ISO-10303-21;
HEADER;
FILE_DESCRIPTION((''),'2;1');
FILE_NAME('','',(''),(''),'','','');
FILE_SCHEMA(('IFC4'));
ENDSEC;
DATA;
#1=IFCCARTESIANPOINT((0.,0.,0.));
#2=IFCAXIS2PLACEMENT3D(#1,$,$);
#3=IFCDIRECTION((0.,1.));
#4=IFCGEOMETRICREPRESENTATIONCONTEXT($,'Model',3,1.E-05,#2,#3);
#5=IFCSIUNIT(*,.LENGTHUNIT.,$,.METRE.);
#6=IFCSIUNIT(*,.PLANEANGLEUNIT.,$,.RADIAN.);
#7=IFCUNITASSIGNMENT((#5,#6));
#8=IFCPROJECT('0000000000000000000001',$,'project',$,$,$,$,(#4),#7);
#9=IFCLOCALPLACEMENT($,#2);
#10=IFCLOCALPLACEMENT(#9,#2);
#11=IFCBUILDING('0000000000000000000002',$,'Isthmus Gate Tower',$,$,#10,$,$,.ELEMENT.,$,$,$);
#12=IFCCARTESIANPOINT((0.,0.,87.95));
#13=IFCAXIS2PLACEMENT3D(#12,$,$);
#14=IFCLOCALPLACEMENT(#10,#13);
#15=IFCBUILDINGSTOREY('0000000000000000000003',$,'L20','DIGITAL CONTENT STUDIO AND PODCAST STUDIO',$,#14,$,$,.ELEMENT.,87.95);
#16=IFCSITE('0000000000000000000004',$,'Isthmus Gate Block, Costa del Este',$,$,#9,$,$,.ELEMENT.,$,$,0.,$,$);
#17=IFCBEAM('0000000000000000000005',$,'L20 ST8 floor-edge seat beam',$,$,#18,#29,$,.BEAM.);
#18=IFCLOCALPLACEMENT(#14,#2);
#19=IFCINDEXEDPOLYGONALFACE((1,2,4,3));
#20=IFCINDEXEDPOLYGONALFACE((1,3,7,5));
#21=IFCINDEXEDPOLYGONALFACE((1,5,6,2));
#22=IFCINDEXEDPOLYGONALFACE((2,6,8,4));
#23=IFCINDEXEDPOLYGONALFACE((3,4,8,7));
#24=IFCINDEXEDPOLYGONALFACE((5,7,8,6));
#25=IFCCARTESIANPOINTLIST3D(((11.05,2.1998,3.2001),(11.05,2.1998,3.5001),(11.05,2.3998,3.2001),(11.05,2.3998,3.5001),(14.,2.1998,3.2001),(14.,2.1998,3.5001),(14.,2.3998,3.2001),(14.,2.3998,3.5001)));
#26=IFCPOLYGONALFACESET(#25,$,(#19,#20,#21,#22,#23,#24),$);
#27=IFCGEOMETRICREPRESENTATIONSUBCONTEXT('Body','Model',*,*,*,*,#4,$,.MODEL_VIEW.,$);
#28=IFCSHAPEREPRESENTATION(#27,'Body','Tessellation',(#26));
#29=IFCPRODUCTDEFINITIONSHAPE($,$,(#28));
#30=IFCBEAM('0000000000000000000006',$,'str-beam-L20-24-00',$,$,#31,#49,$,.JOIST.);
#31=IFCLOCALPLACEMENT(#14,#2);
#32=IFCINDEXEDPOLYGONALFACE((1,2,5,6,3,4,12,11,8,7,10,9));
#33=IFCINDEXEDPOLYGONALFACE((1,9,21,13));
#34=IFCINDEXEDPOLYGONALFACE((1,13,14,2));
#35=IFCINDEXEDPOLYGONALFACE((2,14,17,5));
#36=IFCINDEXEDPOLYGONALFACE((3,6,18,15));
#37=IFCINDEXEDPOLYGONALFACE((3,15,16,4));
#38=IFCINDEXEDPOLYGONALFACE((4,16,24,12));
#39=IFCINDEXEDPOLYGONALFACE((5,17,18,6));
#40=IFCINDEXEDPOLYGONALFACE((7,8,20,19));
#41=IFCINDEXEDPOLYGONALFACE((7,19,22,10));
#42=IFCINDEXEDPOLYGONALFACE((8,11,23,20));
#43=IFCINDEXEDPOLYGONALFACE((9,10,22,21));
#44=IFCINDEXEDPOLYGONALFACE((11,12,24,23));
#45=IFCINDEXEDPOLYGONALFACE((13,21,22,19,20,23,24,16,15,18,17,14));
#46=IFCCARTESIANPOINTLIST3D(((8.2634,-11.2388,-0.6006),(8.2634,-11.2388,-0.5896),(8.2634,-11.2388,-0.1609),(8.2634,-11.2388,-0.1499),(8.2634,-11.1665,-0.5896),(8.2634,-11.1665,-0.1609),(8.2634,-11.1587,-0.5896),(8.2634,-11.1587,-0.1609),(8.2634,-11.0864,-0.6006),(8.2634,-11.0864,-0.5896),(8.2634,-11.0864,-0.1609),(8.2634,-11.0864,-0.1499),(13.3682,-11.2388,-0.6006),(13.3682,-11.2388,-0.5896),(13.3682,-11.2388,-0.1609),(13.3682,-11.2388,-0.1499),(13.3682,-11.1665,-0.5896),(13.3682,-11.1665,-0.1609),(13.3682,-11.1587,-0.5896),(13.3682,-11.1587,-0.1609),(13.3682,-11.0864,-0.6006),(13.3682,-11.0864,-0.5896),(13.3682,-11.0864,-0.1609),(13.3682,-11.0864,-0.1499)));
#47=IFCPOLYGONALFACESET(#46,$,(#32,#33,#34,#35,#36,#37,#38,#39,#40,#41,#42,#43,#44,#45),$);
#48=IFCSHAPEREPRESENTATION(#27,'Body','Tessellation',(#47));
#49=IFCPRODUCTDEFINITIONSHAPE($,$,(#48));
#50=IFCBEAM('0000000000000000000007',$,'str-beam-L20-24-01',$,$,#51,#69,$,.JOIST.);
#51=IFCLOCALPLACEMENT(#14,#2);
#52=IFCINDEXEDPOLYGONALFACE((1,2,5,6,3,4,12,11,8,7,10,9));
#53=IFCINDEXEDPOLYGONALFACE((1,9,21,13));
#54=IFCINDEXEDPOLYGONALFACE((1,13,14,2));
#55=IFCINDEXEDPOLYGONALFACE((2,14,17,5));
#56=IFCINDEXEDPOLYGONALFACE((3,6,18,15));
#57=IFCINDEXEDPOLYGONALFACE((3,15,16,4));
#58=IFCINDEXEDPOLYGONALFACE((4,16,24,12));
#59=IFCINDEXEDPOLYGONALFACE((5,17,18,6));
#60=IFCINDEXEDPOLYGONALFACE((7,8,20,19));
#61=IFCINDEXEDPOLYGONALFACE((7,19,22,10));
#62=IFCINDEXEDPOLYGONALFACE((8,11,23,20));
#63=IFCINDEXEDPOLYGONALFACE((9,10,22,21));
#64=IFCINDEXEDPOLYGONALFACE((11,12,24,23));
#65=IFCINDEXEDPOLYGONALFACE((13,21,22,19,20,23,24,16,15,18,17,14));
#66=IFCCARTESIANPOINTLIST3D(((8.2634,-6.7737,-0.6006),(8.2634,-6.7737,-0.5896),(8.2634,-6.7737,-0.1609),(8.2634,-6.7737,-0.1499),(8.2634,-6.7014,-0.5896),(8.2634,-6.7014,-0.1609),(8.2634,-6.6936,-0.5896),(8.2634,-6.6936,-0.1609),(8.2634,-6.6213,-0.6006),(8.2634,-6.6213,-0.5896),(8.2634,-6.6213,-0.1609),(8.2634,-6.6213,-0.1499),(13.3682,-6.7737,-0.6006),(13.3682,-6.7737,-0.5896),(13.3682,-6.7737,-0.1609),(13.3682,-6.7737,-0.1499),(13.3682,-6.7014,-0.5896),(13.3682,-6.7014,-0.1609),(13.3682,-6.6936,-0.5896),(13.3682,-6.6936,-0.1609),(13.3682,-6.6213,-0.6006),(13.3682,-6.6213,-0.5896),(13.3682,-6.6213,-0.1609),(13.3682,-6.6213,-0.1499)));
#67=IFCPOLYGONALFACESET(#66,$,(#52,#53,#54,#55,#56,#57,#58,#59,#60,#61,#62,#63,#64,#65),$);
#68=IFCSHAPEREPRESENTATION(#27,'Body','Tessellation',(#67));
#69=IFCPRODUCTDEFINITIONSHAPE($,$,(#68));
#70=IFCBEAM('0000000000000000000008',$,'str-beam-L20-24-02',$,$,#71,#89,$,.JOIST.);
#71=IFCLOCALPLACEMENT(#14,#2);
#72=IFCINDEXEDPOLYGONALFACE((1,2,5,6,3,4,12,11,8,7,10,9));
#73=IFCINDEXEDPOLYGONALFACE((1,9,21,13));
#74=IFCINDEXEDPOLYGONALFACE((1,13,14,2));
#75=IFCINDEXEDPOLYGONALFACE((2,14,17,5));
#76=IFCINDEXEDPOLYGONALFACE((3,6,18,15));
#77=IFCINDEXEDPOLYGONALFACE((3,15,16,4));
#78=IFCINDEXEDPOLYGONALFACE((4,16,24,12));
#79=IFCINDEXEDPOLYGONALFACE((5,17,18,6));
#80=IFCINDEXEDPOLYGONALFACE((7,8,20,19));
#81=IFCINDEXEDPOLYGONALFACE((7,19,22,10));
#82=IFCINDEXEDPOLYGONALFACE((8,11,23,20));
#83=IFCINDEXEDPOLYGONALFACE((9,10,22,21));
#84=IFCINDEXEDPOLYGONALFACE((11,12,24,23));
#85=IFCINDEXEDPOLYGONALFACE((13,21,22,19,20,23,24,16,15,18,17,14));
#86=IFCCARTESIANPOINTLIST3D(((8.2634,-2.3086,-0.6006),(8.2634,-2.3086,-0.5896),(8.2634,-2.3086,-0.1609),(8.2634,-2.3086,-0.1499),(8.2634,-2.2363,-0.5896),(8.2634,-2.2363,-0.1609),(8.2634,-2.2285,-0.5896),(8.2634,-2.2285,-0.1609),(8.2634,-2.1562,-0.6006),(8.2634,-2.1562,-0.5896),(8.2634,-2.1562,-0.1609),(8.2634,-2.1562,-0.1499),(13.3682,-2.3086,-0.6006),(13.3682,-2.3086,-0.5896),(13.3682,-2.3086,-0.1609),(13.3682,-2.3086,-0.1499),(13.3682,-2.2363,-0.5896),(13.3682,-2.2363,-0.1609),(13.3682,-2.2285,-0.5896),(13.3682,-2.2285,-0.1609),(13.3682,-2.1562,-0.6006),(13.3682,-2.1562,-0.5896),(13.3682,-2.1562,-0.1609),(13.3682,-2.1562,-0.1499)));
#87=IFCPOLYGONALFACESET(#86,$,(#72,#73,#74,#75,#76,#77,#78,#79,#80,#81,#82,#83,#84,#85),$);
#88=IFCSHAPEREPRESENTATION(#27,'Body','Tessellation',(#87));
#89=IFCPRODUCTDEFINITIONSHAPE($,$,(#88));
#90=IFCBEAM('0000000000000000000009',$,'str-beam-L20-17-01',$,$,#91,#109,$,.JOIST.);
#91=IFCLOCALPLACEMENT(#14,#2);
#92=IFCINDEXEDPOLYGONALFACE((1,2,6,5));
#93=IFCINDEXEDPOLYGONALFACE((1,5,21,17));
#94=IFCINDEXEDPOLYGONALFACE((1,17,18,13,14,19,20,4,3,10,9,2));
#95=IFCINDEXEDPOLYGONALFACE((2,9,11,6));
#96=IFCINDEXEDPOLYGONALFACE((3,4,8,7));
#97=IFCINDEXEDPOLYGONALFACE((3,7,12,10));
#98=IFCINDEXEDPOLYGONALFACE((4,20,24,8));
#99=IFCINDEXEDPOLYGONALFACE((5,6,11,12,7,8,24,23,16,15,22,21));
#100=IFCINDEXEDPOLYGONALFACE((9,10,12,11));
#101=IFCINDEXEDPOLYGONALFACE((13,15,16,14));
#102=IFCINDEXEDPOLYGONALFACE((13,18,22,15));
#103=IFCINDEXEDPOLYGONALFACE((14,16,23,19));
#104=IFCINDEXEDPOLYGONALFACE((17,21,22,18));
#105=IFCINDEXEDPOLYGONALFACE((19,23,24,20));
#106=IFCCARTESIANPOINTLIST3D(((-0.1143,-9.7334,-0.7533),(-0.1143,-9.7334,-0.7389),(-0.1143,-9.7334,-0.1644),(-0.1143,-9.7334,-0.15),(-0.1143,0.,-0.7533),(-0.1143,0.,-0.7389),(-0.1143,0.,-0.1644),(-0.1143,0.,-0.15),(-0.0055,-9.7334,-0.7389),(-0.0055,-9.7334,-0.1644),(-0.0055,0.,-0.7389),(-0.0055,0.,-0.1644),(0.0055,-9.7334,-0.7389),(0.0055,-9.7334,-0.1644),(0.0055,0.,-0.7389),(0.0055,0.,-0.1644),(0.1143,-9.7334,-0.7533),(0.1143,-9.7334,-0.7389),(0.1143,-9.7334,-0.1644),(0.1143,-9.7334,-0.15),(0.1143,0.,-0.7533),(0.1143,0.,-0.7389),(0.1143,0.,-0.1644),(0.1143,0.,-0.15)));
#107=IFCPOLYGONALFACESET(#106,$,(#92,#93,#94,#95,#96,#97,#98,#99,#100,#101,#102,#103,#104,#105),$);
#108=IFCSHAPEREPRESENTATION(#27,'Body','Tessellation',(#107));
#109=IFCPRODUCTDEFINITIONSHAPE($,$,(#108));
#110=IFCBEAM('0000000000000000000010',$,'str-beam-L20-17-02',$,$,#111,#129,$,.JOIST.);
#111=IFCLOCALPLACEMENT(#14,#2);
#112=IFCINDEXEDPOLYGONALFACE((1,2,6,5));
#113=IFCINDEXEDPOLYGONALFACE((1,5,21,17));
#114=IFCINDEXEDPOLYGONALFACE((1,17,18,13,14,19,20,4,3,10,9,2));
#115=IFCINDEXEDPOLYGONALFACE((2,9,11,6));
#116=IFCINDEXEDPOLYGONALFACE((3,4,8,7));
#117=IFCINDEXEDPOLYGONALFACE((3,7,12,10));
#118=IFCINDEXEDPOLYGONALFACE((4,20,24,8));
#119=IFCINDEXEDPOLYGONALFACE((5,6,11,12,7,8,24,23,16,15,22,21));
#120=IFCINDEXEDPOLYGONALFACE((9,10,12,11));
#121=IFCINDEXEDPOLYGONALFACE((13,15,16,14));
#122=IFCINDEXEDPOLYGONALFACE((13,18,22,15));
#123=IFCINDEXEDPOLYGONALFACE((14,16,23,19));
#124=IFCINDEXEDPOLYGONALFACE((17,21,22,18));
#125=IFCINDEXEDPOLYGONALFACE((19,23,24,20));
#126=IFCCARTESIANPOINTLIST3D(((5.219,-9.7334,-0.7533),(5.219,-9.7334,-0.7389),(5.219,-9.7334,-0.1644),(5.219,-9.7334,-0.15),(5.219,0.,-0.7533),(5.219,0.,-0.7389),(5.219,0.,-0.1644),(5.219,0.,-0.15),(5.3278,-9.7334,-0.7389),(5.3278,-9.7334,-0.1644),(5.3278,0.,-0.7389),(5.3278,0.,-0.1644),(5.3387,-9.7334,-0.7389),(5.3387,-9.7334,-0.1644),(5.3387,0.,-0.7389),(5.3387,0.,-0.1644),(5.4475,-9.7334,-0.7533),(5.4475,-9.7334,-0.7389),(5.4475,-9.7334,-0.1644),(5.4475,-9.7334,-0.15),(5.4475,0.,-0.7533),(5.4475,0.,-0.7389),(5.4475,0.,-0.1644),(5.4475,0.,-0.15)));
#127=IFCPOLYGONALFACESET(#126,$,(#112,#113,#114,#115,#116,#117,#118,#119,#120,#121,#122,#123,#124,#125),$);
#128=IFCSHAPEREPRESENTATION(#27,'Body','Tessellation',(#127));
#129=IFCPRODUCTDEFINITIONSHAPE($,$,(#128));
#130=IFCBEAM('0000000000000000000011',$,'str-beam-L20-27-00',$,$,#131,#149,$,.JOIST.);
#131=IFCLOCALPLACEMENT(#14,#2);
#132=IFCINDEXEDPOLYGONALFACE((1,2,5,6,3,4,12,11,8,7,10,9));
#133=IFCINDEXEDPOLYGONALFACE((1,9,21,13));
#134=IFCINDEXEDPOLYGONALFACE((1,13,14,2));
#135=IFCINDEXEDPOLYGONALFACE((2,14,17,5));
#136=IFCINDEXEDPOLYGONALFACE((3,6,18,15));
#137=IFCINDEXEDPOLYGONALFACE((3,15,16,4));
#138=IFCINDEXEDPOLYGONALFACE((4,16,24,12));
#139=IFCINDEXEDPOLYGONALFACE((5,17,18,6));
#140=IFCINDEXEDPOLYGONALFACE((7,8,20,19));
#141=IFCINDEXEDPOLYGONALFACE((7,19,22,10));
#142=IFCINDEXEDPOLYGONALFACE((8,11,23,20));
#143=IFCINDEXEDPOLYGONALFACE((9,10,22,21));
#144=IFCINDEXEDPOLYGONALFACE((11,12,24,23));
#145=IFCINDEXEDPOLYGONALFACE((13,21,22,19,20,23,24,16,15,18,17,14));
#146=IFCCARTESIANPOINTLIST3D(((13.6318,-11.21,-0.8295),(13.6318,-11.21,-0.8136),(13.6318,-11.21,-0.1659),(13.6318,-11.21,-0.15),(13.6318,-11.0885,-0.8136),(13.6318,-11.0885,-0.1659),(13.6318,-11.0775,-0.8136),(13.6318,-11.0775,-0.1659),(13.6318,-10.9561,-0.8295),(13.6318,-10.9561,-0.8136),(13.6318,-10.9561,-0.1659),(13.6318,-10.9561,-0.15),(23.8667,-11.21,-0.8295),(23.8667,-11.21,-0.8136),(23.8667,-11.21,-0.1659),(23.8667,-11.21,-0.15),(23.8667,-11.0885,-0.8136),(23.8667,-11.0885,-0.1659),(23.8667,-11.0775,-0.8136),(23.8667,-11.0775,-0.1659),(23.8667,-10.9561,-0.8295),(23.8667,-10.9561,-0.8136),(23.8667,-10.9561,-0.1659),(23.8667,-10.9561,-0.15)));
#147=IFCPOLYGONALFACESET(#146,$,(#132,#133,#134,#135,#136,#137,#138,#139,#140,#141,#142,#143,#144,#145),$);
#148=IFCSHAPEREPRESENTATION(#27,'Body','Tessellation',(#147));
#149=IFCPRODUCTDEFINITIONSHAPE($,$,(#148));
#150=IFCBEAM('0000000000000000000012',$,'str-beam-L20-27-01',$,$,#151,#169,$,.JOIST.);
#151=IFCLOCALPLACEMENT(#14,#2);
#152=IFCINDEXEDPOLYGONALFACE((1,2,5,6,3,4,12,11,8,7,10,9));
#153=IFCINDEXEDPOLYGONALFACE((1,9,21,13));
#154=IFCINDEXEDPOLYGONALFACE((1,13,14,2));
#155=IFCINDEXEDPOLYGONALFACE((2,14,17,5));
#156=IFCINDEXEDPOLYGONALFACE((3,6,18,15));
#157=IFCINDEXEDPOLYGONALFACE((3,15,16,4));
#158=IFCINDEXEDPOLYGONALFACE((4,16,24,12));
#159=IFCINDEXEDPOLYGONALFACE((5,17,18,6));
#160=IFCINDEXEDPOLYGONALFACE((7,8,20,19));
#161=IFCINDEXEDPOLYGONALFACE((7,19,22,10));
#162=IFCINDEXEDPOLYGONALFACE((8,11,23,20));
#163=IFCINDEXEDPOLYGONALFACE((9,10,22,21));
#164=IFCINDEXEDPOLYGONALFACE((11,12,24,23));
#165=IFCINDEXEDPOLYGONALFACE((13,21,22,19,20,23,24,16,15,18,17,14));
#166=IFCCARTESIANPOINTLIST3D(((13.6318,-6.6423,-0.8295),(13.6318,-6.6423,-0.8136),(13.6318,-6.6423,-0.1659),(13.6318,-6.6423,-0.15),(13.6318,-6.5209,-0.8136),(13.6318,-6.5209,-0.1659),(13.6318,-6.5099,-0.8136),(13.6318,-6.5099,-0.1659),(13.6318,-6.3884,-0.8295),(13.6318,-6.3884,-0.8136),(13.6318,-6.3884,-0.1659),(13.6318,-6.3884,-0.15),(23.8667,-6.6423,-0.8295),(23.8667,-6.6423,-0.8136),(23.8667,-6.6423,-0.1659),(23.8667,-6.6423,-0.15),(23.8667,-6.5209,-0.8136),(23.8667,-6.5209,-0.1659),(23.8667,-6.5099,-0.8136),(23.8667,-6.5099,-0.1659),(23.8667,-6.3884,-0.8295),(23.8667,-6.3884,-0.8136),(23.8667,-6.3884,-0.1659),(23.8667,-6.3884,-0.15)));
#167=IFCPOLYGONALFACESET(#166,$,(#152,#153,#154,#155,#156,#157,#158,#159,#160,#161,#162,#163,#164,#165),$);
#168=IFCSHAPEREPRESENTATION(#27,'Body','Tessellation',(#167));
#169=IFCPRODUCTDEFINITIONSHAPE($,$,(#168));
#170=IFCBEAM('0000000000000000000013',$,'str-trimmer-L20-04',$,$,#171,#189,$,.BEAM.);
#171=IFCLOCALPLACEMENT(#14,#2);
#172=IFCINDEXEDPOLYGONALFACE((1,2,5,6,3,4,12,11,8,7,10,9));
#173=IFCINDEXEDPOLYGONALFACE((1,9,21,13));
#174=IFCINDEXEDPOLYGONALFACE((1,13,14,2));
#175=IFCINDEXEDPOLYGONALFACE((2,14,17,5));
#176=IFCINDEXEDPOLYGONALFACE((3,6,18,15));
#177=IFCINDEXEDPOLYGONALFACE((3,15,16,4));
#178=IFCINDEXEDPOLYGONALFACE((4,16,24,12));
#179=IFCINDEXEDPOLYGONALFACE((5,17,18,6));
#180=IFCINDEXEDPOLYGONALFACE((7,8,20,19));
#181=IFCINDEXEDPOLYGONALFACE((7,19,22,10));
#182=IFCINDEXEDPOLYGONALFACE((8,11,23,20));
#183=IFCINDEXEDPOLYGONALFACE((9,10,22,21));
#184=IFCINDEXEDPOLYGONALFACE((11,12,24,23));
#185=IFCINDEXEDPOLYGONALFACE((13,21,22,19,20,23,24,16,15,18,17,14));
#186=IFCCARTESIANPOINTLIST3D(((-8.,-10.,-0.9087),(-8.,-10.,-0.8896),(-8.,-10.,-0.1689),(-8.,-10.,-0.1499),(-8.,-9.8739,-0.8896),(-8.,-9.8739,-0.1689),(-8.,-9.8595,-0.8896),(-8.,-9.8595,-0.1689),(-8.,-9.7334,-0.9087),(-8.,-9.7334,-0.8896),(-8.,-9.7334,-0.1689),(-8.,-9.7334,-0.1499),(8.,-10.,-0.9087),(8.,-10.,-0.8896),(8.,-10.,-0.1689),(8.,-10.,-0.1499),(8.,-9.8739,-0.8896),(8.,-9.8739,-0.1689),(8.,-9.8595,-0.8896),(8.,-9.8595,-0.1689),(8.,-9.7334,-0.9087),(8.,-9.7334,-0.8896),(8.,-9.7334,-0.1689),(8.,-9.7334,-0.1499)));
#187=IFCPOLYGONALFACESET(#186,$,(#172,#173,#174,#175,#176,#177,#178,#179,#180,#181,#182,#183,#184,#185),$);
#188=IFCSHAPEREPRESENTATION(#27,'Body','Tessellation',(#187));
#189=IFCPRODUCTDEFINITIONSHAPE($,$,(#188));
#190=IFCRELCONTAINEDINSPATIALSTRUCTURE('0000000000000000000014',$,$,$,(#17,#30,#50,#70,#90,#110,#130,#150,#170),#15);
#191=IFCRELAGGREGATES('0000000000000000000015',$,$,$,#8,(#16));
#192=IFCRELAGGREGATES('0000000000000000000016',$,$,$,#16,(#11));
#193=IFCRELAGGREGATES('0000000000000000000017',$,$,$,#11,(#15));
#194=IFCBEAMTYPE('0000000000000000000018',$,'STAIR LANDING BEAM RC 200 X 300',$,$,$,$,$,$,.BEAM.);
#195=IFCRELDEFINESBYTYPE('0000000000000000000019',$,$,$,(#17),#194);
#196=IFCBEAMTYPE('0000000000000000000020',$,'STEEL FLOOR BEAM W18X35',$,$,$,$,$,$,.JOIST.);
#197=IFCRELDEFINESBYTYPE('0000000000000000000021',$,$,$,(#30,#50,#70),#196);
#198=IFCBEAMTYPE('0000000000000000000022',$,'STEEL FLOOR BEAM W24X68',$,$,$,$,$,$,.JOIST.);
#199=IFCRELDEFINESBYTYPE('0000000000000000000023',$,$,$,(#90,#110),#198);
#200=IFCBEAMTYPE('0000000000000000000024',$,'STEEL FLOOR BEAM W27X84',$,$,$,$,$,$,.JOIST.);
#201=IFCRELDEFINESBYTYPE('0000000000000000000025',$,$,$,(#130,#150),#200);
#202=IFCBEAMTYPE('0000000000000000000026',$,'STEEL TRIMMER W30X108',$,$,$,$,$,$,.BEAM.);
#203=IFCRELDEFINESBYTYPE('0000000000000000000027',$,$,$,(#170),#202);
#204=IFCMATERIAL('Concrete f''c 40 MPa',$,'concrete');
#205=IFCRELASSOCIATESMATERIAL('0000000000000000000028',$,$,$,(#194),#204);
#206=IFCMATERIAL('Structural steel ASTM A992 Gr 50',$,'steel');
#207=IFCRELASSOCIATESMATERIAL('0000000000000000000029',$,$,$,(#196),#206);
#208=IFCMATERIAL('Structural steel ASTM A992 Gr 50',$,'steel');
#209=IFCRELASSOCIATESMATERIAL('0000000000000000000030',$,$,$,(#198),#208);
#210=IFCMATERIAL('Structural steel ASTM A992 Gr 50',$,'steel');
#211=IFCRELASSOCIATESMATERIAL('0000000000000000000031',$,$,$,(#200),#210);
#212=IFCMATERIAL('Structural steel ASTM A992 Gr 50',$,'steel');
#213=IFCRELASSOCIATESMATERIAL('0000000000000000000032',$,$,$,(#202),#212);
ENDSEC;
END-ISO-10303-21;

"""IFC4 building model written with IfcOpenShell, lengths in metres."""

from ifc_helpers import new_model, si_unit, direction, frame, origin, origin_2d, place, context, subcontext, project, spatial, rectangle, i_section, extrude, material, material_profile, profile_set, type_object, element, save


model = new_model("IFC4")

# Units and contexts
model_context = context("Model", 3, precision=1e-05, world=origin(), true_north=direction((0.0, 1.0)))
body_context = subcontext(model_context, "Body", "Model", "MODEL_VIEW")
ifc_project = project(units=[si_unit("LENGTHUNIT", "METRE"), si_unit("PLANEANGLEUNIT", "RADIAN")], contexts=[model_context])

# Site, building, storey
site_placement = place(None, origin())
site = spatial("IfcSite", under=ifc_project, at=site_placement, Name="Isthmus Gate Block, Costa del Este", CompositionType="ELEMENT", RefElevation=0.0)
building_placement = place(site_placement, origin())
building = spatial("IfcBuilding", under=site, at=building_placement, Name="Isthmus Gate Tower", CompositionType="ELEMENT")
storey_placement = place(building_placement, frame((0.0, 0.0, 87.95)))
storey = spatial("IfcBuildingStorey", under=building, at=storey_placement, Name="L20", Description="DIGITAL CONTENT STUDIO AND PODCAST STUDIO", CompositionType="ELEMENT", Elevation=87.95)

# Beams
ifc_material_1 = material(Name="Concrete f'c 40 MPa", Category="concrete")
ifc_material_profile_1 = material_profile(ifc_material_1, rectangle(XDim=0.2, YDim=0.3, at=origin_2d()), Name="STAIR LANDING BEAM RC 200 X 300")
ifc_profile_set_1 = profile_set([ifc_material_profile_1], Name="Concrete f'c 40 MPa")
beam_type_1 = type_object("IfcBeamType", Name="STAIR LANDING BEAM RC 200 X 300", PredefinedType="BEAM", material=ifc_profile_set_1)
beam_1_placement = place(storey_placement, frame((11.05, 2.2998, 3.3501), z_axis=(1.0, 0.0, 0.0), x_axis=(0.0, 1.0, 0.0)))
element("IfcBeam", 1, at=beam_1_placement, inside=storey, type_object=beam_type_1, Name="L20 ST8 floor-edge seat beam", PredefinedType="BEAM", context=body_context, shape_type="SweptSolid", body=[
    extrude(rectangle(XDim=0.2, YDim=0.3, at=origin_2d()), origin(), (0.0, 0.0, 1.0), 2.95),
])
ifc_material_2 = material(Name="Structural steel ASTM A992 Gr 50", Category="steel")
ifc_material_profile_2 = material_profile(ifc_material_2, i_section(OverallWidth=0.1523, OverallDepth=0.4507, WebThickness=0.0078, FlangeThickness=0.011, at=origin_2d()), Name="W18X35")
ifc_profile_set_2 = profile_set([ifc_material_profile_2], Name="Structural steel ASTM A992 Gr 50")
beam_type_2 = type_object("IfcBeamType", Name="STEEL FLOOR BEAM W18X35", PredefinedType="JOIST", material=ifc_profile_set_2)
for number, where, z_axis, x_axis, name in (
    (2, (8.2634, -11.1626, -0.3752), (1.0, 0.0, 0.0), (0.0, 1.0, 0.0), "str-beam-L20-24-00"),
    (3, (8.2634, -6.6975, -0.3752), (1.0, 0.0, 0.0), (0.0, 1.0, 0.0), "str-beam-L20-24-01"),
    (4, (8.2634, -2.2324, -0.3752), (1.0, 0.0, 0.0), (0.0, 1.0, 0.0), "str-beam-L20-24-02"),
):
    element("IfcBeam", number, at=place(storey_placement, frame(where, z_axis=z_axis, x_axis=x_axis)), inside=storey, type_object=beam_type_2, Name=name, PredefinedType="JOIST", context=body_context, shape_type="SweptSolid", body=[
        extrude(i_section(OverallWidth=0.1523, OverallDepth=0.4507, WebThickness=0.0078, FlangeThickness=0.011, at=origin_2d()), origin(), (0.0, 0.0, 1.0), 5.1047),
    ])
ifc_material_3 = material(Name="Structural steel ASTM A992 Gr 50", Category="steel")
ifc_material_profile_3 = material_profile(ifc_material_3, i_section(OverallWidth=0.2285, OverallDepth=0.6033, WebThickness=0.011, FlangeThickness=0.0144, at=origin_2d()), Name="W24X68")
ifc_profile_set_3 = profile_set([ifc_material_profile_3], Name="Structural steel ASTM A992 Gr 50")
beam_type_3 = type_object("IfcBeamType", Name="STEEL FLOOR BEAM W24X68", PredefinedType="JOIST", material=ifc_profile_set_3)
for number, where, z_axis, x_axis, name in (
    (5, (0.0, -9.7334, -0.4517), (0.0, 1.0, 0.0), (-1.0, 0.0, 0.0), "str-beam-L20-17-01"),
    (6, (5.3333, -9.7334, -0.4517), (0.0, 1.0, 0.0), (-1.0, 0.0, 0.0), "str-beam-L20-17-02"),
):
    element("IfcBeam", number, at=place(storey_placement, frame(where, z_axis=z_axis, x_axis=x_axis)), inside=storey, type_object=beam_type_3, Name=name, PredefinedType="JOIST", context=body_context, shape_type="SweptSolid", body=[
        extrude(i_section(OverallWidth=0.2285, OverallDepth=0.6033, WebThickness=0.011, FlangeThickness=0.0144, at=origin_2d()), origin(), (0.0, 0.0, 1.0), 9.7334),
    ])
ifc_material_4 = material(Name="Structural steel ASTM A992 Gr 50", Category="steel")
ifc_material_profile_4 = material_profile(ifc_material_4, i_section(OverallWidth=0.2539, OverallDepth=0.6794, WebThickness=0.011, FlangeThickness=0.0159, at=origin_2d()), Name="W27X84")
ifc_profile_set_4 = profile_set([ifc_material_profile_4], Name="Structural steel ASTM A992 Gr 50")
beam_type_4 = type_object("IfcBeamType", Name="STEEL FLOOR BEAM W27X84", PredefinedType="JOIST", material=ifc_profile_set_4)
for number, where, z_axis, x_axis, name in (
    (7, (13.6318, -11.083, -0.4897), (1.0, 0.0, 0.0), (0.0, 1.0, 0.0), "str-beam-L20-27-00"),
    (8, (13.6318, -6.5154, -0.4897), (1.0, 0.0, 0.0), (0.0, 1.0, 0.0), "str-beam-L20-27-01"),
):
    element("IfcBeam", number, at=place(storey_placement, frame(where, z_axis=z_axis, x_axis=x_axis)), inside=storey, type_object=beam_type_4, Name=name, PredefinedType="JOIST", context=body_context, shape_type="SweptSolid", body=[
        extrude(i_section(OverallWidth=0.2539, OverallDepth=0.6794, WebThickness=0.011, FlangeThickness=0.0159, at=origin_2d()), origin(), (0.0, 0.0, 1.0), 10.2349),
    ])
ifc_material_5 = material(Name="Structural steel ASTM A992 Gr 50", Category="steel")
ifc_material_profile_5 = material_profile(ifc_material_5, i_section(OverallWidth=0.2666, OverallDepth=0.7588, WebThickness=0.0144, FlangeThickness=0.019, at=origin_2d()), Name="W30X108")
ifc_profile_set_5 = profile_set([ifc_material_profile_5], Name="Structural steel ASTM A992 Gr 50")
beam_type_5 = type_object("IfcBeamType", Name="STEEL TRIMMER W30X108", PredefinedType="BEAM", material=ifc_profile_set_5)
beam_2_placement = place(storey_placement, frame((8.0, -9.8667, -0.5293), z_axis=(-1.0, 0.0, 0.0), x_axis=(0.0, -1.0, 0.0)))
element("IfcBeam", 9, at=beam_2_placement, inside=storey, type_object=beam_type_5, Name="str-trimmer-L20-04", PredefinedType="BEAM", context=body_context, shape_type="SweptSolid", body=[
    extrude(i_section(OverallWidth=0.2666, OverallDepth=0.7588, WebThickness=0.0144, FlangeThickness=0.019, at=origin_2d()), origin(), (0.0, 0.0, 1.0), 16.0),
])

save(model, "model.ifc")
